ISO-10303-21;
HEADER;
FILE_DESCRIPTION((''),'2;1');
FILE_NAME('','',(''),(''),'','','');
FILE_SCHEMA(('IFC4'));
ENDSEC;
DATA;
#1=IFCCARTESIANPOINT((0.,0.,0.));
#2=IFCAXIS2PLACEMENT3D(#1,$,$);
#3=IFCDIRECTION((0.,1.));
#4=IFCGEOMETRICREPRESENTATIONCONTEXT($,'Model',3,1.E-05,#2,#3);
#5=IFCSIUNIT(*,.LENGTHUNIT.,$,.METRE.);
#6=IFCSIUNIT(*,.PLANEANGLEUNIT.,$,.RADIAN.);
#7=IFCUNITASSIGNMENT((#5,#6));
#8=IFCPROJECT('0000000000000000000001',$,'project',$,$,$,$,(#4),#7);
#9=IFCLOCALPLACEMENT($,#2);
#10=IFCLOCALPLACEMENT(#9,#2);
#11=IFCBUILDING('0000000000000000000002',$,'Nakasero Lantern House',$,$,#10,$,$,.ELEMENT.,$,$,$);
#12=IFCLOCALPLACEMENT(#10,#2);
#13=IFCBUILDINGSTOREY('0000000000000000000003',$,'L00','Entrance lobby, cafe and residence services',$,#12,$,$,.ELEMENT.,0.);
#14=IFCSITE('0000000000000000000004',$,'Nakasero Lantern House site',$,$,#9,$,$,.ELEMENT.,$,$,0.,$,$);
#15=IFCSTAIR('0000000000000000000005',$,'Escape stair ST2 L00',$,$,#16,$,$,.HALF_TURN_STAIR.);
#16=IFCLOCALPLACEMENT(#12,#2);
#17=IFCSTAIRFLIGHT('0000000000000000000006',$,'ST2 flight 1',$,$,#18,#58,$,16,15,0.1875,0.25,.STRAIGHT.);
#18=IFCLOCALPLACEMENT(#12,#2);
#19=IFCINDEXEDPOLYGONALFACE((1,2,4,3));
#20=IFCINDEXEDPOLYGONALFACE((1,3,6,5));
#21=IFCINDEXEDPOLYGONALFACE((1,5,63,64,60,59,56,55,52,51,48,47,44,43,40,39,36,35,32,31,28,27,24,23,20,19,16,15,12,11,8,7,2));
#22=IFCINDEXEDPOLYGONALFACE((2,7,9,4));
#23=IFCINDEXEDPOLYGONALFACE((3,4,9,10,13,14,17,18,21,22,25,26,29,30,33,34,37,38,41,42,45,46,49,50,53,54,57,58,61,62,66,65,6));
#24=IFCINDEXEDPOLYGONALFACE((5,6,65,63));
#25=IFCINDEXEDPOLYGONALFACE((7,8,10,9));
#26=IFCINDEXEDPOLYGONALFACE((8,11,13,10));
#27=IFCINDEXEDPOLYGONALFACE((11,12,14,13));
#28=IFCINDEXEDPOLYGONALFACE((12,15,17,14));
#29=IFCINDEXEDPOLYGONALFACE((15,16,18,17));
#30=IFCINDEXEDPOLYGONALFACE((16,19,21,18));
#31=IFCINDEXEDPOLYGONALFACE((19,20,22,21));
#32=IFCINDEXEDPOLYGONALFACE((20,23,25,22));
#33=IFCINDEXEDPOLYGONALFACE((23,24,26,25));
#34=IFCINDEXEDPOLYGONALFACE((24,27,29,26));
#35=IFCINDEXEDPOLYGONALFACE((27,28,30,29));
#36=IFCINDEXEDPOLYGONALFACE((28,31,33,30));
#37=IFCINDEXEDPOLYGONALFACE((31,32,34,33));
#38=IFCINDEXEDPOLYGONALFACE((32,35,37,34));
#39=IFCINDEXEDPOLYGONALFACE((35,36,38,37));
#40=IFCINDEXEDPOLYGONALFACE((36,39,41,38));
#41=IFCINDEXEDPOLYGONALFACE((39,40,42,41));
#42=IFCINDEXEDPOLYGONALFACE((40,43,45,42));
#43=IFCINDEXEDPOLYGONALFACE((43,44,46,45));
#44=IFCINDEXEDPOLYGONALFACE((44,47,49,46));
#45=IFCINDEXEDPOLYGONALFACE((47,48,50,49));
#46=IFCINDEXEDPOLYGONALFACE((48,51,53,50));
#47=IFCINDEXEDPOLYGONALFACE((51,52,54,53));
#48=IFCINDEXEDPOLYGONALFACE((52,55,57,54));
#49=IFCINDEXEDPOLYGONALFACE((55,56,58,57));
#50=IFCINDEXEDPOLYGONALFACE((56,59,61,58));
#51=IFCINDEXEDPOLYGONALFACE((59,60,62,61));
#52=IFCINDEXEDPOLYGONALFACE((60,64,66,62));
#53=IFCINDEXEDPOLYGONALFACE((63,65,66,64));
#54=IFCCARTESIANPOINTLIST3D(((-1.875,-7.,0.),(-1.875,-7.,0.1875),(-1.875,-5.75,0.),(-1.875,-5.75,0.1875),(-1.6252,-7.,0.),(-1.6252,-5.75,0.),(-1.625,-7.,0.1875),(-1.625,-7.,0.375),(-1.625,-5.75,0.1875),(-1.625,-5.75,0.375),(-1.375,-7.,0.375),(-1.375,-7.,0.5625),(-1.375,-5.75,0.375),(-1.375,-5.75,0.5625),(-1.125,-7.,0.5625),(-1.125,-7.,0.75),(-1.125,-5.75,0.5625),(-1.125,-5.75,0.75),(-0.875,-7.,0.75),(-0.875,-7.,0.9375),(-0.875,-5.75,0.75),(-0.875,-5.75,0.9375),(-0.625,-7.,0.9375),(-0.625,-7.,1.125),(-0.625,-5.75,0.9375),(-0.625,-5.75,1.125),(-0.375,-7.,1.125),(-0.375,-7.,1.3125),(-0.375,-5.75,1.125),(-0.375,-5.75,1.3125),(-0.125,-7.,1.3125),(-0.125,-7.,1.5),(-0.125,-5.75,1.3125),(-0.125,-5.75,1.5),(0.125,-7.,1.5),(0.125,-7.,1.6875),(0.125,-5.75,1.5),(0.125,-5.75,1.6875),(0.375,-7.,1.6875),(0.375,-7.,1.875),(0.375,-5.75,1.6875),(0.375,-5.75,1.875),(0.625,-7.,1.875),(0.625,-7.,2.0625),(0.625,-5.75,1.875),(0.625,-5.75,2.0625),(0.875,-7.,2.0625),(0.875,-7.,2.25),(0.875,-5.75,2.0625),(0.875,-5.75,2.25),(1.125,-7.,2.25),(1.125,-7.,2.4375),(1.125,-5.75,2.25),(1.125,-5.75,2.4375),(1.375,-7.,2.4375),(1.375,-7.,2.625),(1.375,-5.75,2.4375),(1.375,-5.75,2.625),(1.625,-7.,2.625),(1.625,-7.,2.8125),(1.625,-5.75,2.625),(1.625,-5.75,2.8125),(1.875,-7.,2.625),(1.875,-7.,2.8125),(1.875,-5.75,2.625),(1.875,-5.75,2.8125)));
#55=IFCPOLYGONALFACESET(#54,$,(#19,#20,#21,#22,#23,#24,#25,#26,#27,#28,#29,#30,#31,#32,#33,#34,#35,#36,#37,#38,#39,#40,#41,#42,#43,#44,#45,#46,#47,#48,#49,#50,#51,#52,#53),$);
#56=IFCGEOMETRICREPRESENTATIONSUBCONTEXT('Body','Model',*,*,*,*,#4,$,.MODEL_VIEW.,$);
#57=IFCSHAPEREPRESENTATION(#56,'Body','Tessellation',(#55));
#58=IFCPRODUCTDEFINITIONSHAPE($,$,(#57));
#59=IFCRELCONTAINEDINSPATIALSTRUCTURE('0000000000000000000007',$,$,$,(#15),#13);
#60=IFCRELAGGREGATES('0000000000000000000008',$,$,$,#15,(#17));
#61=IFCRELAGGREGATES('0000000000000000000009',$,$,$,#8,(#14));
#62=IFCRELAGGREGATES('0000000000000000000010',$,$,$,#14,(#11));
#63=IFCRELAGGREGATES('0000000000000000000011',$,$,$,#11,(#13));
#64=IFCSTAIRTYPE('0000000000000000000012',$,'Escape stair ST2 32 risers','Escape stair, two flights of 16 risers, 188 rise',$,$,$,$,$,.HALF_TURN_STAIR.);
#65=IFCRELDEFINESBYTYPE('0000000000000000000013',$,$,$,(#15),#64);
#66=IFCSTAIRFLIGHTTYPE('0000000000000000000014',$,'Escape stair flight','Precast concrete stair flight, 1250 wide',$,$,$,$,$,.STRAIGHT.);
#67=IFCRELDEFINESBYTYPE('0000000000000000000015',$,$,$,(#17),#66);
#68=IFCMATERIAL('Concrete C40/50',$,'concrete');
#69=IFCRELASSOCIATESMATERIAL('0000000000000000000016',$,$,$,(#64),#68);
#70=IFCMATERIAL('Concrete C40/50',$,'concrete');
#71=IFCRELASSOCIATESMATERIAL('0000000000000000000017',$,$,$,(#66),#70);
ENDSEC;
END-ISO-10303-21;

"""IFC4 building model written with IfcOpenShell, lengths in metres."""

from ifc_helpers import new_model, si_unit, direction, frame, origin, place, context, subcontext, project, spatial, polyline, outline, extrude, material, type_object, element, aggregate, save


model = new_model("IFC4")

# Units and contexts
model_context = context("Model", 3, precision=1e-05, world=origin(), true_north=direction((0.0, 1.0)))
body_context = subcontext(model_context, "Body", "Model", "MODEL_VIEW")
ifc_project = project(units=[si_unit("LENGTHUNIT", "METRE"), si_unit("PLANEANGLEUNIT", "RADIAN")], contexts=[model_context])

# Site, building, storey
site_placement = place(None, origin())
site = spatial("IfcSite", under=ifc_project, at=site_placement, Name="Nakasero Lantern House site", CompositionType="ELEMENT", RefElevation=0.0)
building_placement = place(site_placement, origin())
building = spatial("IfcBuilding", under=site, at=building_placement, Name="Nakasero Lantern House", CompositionType="ELEMENT")
storey_placement = place(building_placement, origin())
storey = spatial("IfcBuildingStorey", under=building, at=storey_placement, Name="L00", Description="Entrance lobby, cafe and residence services", CompositionType="ELEMENT", Elevation=0.0)

# Stair, stair flight
ifc_material_1 = material(Name="Concrete C40/50", Category="concrete")
stair_type = type_object("IfcStairType", Name="Escape stair ST2 32 risers", Description="Escape stair, two flights of 16 risers, 188 rise", PredefinedType="HALF_TURN_STAIR", material=ifc_material_1)
stair_placement = place(storey_placement, origin())
stair = element("IfcStair", 1, at=stair_placement, inside=storey, type_object=stair_type, Name="Escape stair ST2 L00", PredefinedType="HALF_TURN_STAIR")
ifc_material_2 = material(Name="Concrete C40/50", Category="concrete")
stair_flight_type = type_object("IfcStairFlightType", Name="Escape stair flight", Description="Precast concrete stair flight, 1250 wide", PredefinedType="STRAIGHT", material=ifc_material_2)
stair_flight_placement = place(storey_placement, frame((-1.875, -6.375, 0.0), z_axis=(0.0, 0.0, 1.0), x_axis=(1.0, 0.0, 0.0)))
stair_flight = element("IfcStairFlight", 2, at=stair_flight_placement, type_object=stair_flight_type, Name="ST2 flight 1", NumberOfRisers=16, NumberOfTreads=15, PredefinedType="STRAIGHT", RiserHeight=0.1875, TreadLength=0.25, context=body_context, shape_type="SweptSolid", body=[
    extrude(outline(polyline([(0.0, 0.0), (0.0, 0.1875), (0.25, 0.1875), (0.25, 0.375), (0.5, 0.375), (0.5, 0.5625), (0.75, 0.5625), (0.75, 0.75), (1.0, 0.75), (1.0, 0.9375), (1.25, 0.9375), (1.25, 1.125), (1.5, 1.125), (1.5, 1.3125), (1.75, 1.3125), (1.75, 1.5), (2.0, 1.5), (2.0, 1.6875), (2.25, 1.6875), (2.25, 1.875), (2.5, 1.875), (2.5, 2.0625), (2.75, 2.0625), (2.75, 2.25), (3.0, 2.25), (3.0, 2.4375), (3.25, 2.4375), (3.25, 2.625), (3.5, 2.625), (3.5, 2.8125), (3.75, 2.8125), (3.75, 3.0), (3.75, 2.625), (0.2498, 0.0), (0.0, 0.0)])), frame((0.0, 0.625, 0.0), z_axis=(0.0, -1.0, 0.0), x_axis=(1.0, 0.0, 0.0)), (0.0, 0.0, 1.0), 1.25),
])
aggregate(stair, [stair_flight])

save(model, "model.ifc")
